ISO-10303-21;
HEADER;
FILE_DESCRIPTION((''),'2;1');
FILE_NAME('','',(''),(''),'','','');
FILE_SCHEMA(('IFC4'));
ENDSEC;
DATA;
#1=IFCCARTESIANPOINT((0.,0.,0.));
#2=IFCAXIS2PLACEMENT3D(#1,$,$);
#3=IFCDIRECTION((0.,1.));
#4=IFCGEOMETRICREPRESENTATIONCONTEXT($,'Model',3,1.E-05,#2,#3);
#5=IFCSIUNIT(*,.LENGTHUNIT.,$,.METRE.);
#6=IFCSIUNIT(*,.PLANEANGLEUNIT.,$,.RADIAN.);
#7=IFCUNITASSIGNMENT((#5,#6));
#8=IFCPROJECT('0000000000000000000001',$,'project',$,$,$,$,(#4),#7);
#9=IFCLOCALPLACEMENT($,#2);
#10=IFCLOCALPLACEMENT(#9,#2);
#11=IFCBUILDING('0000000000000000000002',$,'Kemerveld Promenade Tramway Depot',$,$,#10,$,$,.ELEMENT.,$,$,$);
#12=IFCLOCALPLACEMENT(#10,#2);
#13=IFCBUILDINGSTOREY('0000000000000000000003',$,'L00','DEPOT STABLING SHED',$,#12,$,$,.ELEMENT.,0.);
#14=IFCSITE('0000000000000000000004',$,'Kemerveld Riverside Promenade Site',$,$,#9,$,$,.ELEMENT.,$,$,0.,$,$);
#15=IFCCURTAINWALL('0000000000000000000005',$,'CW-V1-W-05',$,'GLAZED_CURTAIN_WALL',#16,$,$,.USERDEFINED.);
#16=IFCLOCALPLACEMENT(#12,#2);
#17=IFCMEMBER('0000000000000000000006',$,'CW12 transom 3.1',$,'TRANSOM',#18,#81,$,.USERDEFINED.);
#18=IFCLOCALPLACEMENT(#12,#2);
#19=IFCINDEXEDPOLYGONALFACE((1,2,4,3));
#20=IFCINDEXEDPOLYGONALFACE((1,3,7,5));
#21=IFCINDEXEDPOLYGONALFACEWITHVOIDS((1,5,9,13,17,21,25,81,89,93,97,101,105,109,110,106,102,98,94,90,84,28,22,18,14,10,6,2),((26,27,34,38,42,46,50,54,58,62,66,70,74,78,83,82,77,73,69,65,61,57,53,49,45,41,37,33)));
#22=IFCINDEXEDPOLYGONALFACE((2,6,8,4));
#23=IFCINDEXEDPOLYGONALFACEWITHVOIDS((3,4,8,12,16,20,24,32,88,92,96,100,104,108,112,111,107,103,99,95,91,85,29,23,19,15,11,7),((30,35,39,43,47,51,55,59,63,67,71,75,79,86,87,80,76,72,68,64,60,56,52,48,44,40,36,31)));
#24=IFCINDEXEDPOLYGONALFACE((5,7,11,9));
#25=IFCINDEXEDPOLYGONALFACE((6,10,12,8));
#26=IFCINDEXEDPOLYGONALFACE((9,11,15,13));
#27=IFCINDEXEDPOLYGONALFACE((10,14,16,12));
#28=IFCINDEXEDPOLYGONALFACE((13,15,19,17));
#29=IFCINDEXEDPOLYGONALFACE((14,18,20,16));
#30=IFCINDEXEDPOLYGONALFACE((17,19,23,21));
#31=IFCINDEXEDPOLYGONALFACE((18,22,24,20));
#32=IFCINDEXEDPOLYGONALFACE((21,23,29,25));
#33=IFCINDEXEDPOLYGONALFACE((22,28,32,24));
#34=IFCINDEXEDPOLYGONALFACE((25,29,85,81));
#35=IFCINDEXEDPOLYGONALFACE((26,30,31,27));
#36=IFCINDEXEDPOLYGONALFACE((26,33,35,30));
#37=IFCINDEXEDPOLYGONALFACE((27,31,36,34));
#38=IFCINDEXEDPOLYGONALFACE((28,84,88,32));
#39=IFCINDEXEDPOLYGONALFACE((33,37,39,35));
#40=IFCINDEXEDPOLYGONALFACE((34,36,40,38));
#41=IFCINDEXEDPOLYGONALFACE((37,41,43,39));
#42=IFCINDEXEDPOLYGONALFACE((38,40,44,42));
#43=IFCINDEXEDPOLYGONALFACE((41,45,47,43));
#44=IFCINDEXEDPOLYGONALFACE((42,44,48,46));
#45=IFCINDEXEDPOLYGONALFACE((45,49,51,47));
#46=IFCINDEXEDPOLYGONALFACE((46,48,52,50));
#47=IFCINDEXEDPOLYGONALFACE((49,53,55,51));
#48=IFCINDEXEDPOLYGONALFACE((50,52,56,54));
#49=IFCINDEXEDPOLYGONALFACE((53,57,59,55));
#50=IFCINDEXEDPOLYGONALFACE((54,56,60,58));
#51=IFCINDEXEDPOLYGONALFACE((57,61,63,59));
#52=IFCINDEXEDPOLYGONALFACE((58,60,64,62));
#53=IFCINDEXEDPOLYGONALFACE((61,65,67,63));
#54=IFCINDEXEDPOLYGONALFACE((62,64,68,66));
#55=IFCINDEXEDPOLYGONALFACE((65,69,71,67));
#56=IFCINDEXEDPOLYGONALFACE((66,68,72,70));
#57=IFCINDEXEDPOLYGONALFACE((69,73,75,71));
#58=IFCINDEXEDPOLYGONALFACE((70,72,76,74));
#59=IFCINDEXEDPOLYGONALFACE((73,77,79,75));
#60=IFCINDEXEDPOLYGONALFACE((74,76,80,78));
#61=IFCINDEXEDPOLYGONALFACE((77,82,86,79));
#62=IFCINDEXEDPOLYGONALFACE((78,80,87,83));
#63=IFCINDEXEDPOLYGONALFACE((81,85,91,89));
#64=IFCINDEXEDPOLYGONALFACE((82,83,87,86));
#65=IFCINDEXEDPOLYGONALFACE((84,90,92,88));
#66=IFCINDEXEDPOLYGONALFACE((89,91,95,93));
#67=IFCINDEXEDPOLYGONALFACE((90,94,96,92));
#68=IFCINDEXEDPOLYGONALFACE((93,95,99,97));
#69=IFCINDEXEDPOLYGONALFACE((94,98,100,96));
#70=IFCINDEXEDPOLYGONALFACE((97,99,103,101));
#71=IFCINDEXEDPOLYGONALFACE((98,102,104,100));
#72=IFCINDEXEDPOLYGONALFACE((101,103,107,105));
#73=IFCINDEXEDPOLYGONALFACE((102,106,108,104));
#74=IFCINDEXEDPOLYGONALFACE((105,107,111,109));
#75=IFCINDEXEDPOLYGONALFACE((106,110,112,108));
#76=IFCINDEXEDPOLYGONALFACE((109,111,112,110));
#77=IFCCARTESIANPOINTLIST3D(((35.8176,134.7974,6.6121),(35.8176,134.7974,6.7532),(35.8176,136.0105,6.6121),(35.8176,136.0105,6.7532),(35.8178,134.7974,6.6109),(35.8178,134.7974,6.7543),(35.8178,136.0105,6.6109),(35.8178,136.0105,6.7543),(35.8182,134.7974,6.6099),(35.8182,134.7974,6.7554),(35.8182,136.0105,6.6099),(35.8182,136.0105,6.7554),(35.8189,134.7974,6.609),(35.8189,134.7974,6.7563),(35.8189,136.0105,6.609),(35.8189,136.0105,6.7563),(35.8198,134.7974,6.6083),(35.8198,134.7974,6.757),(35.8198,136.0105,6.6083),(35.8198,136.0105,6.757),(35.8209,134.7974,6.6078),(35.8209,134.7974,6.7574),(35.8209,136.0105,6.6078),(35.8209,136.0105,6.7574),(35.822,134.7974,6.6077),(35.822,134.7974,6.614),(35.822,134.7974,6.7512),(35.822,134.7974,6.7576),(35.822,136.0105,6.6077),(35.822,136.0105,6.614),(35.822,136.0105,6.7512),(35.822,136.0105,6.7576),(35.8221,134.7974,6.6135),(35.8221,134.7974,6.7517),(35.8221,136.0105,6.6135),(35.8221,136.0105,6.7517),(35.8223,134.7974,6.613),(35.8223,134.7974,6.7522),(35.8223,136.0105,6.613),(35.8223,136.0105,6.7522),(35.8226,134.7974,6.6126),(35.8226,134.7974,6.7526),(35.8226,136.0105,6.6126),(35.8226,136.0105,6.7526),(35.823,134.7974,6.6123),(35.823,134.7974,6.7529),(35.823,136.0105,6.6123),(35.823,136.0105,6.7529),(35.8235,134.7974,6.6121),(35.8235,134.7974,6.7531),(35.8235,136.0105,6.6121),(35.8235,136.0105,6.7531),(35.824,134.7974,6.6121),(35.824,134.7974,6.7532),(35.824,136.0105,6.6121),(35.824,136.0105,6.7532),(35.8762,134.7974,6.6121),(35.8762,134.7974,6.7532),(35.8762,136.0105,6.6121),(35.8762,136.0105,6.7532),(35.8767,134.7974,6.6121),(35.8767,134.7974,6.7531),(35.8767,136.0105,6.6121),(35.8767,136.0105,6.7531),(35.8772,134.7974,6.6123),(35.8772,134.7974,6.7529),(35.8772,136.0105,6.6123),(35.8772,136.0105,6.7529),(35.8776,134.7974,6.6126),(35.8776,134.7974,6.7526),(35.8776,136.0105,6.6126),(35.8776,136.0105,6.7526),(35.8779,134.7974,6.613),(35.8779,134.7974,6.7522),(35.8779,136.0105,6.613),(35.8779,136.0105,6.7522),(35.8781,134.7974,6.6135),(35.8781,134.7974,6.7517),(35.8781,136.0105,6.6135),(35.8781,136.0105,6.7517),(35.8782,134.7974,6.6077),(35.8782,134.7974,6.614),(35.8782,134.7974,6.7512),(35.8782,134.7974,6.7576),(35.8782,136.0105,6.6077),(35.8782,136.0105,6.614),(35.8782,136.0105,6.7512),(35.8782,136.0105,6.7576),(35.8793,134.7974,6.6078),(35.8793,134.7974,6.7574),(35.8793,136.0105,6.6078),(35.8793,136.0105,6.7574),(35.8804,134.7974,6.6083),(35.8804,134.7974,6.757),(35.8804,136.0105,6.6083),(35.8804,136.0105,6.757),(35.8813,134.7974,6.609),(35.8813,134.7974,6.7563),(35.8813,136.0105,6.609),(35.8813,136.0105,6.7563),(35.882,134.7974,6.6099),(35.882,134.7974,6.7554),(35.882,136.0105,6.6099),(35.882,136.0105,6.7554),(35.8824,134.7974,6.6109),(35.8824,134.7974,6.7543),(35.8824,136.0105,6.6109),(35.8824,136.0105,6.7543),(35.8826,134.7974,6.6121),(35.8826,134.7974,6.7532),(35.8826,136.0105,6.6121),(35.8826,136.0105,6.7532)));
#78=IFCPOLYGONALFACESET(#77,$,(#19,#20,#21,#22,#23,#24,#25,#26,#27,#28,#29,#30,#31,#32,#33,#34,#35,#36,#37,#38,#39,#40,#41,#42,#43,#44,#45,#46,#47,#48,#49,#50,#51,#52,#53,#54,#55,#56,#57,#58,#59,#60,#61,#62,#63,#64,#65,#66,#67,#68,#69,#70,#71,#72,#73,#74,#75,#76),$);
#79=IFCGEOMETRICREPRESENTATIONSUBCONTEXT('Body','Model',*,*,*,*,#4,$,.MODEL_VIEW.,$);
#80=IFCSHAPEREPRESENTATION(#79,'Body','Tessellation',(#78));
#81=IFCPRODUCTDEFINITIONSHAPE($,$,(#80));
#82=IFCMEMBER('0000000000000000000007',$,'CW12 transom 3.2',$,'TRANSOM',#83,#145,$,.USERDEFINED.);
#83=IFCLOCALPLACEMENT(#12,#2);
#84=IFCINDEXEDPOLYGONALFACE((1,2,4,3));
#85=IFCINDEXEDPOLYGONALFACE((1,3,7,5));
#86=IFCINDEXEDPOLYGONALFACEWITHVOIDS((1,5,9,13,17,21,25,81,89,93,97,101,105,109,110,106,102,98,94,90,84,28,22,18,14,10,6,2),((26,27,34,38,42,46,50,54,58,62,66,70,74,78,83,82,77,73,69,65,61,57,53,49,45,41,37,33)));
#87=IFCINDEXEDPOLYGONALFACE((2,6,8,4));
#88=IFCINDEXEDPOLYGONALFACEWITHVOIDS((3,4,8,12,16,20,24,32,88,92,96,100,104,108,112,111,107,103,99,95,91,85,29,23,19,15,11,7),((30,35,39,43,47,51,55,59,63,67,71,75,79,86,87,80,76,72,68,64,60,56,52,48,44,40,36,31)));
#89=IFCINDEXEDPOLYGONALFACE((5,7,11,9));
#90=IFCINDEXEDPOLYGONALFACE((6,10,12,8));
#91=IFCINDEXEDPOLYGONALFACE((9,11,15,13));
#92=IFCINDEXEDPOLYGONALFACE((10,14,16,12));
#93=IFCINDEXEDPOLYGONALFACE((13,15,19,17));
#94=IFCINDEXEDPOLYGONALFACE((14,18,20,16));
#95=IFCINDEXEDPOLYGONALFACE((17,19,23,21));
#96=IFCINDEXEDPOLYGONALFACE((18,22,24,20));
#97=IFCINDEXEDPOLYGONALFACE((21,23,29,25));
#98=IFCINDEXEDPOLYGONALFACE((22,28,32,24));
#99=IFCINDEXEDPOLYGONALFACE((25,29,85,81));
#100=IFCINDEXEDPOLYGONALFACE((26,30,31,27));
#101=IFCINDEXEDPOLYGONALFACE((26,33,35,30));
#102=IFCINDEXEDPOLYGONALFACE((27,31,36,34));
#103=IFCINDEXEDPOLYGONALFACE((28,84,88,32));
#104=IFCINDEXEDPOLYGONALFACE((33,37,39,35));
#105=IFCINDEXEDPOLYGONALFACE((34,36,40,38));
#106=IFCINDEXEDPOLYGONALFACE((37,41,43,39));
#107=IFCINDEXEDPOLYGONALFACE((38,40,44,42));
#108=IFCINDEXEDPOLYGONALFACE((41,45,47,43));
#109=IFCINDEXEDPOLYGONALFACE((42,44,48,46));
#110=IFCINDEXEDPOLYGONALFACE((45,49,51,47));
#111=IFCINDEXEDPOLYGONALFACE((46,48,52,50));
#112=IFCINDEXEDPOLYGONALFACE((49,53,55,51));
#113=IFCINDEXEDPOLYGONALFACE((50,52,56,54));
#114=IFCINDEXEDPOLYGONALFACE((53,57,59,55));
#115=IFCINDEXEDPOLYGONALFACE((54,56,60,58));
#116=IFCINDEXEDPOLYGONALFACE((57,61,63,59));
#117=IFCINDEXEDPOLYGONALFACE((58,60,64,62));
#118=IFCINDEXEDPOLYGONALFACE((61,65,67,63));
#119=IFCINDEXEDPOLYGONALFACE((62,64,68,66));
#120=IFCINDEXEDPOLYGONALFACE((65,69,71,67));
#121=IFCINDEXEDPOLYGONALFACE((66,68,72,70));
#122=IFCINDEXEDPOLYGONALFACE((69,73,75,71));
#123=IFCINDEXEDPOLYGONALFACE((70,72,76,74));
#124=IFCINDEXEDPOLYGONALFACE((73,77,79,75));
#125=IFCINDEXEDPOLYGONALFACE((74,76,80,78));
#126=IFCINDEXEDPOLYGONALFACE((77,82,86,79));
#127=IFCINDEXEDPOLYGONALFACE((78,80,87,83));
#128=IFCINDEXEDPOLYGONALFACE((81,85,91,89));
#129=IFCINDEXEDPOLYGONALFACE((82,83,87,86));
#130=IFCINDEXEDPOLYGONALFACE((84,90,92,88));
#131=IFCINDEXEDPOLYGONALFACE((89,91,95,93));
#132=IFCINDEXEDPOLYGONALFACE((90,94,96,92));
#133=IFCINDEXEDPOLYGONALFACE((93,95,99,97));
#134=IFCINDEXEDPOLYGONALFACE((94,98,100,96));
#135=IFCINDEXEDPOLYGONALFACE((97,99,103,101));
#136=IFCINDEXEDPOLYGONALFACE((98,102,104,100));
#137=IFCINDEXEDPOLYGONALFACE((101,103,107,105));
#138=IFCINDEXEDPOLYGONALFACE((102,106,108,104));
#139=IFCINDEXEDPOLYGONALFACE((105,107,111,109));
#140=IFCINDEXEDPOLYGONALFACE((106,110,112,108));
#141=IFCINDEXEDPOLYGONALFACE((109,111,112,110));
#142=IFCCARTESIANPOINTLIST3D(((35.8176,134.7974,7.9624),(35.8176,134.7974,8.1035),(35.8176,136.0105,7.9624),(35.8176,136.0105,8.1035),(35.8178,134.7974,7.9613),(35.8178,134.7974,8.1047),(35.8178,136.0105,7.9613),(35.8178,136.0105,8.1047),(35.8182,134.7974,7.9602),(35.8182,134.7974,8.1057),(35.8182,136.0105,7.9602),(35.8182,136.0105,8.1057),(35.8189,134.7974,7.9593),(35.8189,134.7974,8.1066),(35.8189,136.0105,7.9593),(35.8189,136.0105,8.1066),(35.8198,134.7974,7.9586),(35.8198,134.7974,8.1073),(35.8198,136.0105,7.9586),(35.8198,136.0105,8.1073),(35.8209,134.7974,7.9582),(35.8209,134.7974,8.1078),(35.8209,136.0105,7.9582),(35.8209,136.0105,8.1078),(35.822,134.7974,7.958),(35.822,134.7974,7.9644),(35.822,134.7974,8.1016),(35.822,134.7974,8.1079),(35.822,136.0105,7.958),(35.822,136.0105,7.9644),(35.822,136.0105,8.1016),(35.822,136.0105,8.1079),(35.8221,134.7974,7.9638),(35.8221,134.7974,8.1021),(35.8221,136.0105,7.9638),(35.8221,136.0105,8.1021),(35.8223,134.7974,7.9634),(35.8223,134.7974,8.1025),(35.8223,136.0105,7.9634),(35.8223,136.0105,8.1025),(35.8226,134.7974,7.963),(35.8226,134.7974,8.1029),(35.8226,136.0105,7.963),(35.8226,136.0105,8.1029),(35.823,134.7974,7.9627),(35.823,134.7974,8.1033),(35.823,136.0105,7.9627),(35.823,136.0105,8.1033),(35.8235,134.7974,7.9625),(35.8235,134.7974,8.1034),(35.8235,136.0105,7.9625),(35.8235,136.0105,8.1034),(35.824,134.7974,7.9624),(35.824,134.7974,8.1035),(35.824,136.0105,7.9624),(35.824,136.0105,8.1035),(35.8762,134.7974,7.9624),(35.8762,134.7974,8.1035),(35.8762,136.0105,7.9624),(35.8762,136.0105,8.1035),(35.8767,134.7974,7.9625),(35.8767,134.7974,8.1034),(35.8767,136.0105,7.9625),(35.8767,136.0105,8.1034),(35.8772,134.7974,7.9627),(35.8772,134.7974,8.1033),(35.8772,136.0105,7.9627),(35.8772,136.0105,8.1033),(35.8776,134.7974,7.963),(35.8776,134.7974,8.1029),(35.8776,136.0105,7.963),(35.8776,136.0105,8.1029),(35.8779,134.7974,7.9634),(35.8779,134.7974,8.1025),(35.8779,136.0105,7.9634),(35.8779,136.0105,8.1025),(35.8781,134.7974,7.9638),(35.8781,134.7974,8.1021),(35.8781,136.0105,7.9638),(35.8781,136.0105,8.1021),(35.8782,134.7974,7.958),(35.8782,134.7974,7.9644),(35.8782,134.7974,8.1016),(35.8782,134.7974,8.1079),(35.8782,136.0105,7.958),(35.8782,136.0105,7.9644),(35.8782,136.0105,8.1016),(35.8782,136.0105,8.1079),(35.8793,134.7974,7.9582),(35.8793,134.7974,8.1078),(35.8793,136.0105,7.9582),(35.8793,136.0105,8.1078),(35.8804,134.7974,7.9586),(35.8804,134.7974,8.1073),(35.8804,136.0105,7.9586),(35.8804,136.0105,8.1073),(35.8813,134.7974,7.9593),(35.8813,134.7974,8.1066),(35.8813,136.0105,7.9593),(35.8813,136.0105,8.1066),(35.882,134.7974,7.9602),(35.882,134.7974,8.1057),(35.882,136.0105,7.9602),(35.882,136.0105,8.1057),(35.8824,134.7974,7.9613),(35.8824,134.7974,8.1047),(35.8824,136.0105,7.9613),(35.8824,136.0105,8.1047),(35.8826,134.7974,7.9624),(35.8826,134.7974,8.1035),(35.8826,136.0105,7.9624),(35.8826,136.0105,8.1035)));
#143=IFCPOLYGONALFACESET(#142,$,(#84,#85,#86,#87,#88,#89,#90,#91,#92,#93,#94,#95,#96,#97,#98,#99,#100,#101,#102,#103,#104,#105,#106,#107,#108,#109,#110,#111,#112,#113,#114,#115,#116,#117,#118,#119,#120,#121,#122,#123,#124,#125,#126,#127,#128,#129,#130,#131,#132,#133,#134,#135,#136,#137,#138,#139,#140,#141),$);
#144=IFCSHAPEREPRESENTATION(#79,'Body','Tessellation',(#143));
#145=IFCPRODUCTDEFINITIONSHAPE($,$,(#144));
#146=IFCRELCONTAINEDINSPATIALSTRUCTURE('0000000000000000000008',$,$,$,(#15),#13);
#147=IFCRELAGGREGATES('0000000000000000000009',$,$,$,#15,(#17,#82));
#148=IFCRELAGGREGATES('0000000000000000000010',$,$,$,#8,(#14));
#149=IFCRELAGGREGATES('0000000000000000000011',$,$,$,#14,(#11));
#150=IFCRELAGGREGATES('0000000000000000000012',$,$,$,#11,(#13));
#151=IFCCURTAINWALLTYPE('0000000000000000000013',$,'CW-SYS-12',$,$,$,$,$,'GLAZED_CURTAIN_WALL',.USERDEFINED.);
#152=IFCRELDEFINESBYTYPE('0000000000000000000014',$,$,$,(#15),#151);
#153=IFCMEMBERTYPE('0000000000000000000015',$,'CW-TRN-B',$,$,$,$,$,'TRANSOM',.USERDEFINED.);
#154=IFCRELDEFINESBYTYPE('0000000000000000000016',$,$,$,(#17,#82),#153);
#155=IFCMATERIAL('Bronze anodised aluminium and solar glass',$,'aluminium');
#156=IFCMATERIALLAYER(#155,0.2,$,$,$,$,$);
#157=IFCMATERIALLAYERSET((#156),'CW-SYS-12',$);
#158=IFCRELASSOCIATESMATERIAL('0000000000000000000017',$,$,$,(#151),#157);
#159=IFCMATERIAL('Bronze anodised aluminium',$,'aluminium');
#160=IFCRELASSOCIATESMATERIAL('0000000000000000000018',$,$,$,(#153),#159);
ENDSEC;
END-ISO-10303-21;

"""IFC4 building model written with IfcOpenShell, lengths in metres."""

from ifc_helpers import new_model, si_unit, direction, frame, origin, origin_2d, place, context, subcontext, project, spatial, hollow_rectangle, extrude, material, layer, layer_set, material_profile, profile_set, type_object, element, aggregate, save


model = new_model("IFC4")

# Units and contexts
model_context = context("Model", 3, precision=1e-05, world=origin(), true_north=direction((0.0, 1.0)))
body_context = subcontext(model_context, "Body", "Model", "MODEL_VIEW")
ifc_project = project(units=[si_unit("LENGTHUNIT", "METRE"), si_unit("PLANEANGLEUNIT", "RADIAN")], contexts=[model_context])

# Site, building, storey
site_placement = place(None, origin())
site = spatial("IfcSite", under=ifc_project, at=site_placement, Name="Kemerveld Riverside Promenade Site", CompositionType="ELEMENT", RefElevation=0.0)
building_placement = place(site_placement, origin())
building = spatial("IfcBuilding", under=site, at=building_placement, Name="Kemerveld Promenade Tramway Depot", CompositionType="ELEMENT")
storey_placement = place(building_placement, origin())
storey = spatial("IfcBuildingStorey", under=building, at=storey_placement, Name="L00", Description="DEPOT STABLING SHED", CompositionType="ELEMENT", Elevation=0.0)

# Curtain wall, members
ifc_material_1 = material(Name="Bronze anodised aluminium and solar glass", Category="aluminium")
ifc_layer_1 = layer(ifc_material_1, 0.2)
ifc_layer_set_1 = layer_set([ifc_layer_1], Name="CW-SYS-12")
curtain_wall_type = type_object("IfcCurtainWallType", Name="CW-SYS-12", ElementType="GLAZED_CURTAIN_WALL", PredefinedType="USERDEFINED", material=ifc_layer_set_1)
curtain_wall_placement = place(storey_placement, origin())
curtain_wall = element("IfcCurtainWall", 1, at=curtain_wall_placement, inside=storey, type_object=curtain_wall_type, Name="CW-V1-W-05", ObjectType="GLAZED_CURTAIN_WALL", PredefinedType="USERDEFINED")
ifc_material_2 = material(Name="Bronze anodised aluminium", Category="aluminium")
ifc_material_profile_1 = material_profile(ifc_material_2, hollow_rectangle(XDim=0.0649, YDim=0.1499, WallThickness=0.0044, InnerFilletRadius=0.002, OuterFilletRadius=0.0044, at=origin_2d()), Name="CW-TRN-150x65")
ifc_profile_set_1 = profile_set([ifc_material_profile_1], Name="Bronze anodised aluminium")
member_type_1 = type_object("IfcMemberType", Name="CW-TRN-B", ElementType="TRANSOM", PredefinedType="USERDEFINED", material=ifc_profile_set_1)
member_1_placement = place(storey_placement, frame((35.8501, 134.7974, 6.6826), z_axis=(0.0, 1.0, 0.0), x_axis=(-1.0, 0.0, 0.0)))
member_1 = element("IfcMember", 2, at=member_1_placement, type_object=member_type_1, Name="CW12 transom 3.1", ObjectType="TRANSOM", PredefinedType="USERDEFINED", context=body_context, shape_type="SweptSolid", body=[
    extrude(hollow_rectangle(XDim=0.0649, YDim=0.1499, WallThickness=0.0044, InnerFilletRadius=0.002, OuterFilletRadius=0.0044, at=origin_2d()), origin(), (0.0, 0.0, 1.0), 1.2131),
])
member_2_placement = place(storey_placement, frame((35.8501, 134.7974, 8.033), z_axis=(0.0, 1.0, 0.0), x_axis=(-1.0, 0.0, 0.0)))
member_2 = element("IfcMember", 3, at=member_2_placement, type_object=member_type_1, Name="CW12 transom 3.2", ObjectType="TRANSOM", PredefinedType="USERDEFINED", context=body_context, shape_type="SweptSolid", body=[
    extrude(hollow_rectangle(XDim=0.0649, YDim=0.1499, WallThickness=0.0044, InnerFilletRadius=0.002, OuterFilletRadius=0.0044, at=origin_2d()), origin(), (0.0, 0.0, 1.0), 1.2131),
])
aggregate(curtain_wall, [member_1, member_2])

save(model, "model.ifc")
